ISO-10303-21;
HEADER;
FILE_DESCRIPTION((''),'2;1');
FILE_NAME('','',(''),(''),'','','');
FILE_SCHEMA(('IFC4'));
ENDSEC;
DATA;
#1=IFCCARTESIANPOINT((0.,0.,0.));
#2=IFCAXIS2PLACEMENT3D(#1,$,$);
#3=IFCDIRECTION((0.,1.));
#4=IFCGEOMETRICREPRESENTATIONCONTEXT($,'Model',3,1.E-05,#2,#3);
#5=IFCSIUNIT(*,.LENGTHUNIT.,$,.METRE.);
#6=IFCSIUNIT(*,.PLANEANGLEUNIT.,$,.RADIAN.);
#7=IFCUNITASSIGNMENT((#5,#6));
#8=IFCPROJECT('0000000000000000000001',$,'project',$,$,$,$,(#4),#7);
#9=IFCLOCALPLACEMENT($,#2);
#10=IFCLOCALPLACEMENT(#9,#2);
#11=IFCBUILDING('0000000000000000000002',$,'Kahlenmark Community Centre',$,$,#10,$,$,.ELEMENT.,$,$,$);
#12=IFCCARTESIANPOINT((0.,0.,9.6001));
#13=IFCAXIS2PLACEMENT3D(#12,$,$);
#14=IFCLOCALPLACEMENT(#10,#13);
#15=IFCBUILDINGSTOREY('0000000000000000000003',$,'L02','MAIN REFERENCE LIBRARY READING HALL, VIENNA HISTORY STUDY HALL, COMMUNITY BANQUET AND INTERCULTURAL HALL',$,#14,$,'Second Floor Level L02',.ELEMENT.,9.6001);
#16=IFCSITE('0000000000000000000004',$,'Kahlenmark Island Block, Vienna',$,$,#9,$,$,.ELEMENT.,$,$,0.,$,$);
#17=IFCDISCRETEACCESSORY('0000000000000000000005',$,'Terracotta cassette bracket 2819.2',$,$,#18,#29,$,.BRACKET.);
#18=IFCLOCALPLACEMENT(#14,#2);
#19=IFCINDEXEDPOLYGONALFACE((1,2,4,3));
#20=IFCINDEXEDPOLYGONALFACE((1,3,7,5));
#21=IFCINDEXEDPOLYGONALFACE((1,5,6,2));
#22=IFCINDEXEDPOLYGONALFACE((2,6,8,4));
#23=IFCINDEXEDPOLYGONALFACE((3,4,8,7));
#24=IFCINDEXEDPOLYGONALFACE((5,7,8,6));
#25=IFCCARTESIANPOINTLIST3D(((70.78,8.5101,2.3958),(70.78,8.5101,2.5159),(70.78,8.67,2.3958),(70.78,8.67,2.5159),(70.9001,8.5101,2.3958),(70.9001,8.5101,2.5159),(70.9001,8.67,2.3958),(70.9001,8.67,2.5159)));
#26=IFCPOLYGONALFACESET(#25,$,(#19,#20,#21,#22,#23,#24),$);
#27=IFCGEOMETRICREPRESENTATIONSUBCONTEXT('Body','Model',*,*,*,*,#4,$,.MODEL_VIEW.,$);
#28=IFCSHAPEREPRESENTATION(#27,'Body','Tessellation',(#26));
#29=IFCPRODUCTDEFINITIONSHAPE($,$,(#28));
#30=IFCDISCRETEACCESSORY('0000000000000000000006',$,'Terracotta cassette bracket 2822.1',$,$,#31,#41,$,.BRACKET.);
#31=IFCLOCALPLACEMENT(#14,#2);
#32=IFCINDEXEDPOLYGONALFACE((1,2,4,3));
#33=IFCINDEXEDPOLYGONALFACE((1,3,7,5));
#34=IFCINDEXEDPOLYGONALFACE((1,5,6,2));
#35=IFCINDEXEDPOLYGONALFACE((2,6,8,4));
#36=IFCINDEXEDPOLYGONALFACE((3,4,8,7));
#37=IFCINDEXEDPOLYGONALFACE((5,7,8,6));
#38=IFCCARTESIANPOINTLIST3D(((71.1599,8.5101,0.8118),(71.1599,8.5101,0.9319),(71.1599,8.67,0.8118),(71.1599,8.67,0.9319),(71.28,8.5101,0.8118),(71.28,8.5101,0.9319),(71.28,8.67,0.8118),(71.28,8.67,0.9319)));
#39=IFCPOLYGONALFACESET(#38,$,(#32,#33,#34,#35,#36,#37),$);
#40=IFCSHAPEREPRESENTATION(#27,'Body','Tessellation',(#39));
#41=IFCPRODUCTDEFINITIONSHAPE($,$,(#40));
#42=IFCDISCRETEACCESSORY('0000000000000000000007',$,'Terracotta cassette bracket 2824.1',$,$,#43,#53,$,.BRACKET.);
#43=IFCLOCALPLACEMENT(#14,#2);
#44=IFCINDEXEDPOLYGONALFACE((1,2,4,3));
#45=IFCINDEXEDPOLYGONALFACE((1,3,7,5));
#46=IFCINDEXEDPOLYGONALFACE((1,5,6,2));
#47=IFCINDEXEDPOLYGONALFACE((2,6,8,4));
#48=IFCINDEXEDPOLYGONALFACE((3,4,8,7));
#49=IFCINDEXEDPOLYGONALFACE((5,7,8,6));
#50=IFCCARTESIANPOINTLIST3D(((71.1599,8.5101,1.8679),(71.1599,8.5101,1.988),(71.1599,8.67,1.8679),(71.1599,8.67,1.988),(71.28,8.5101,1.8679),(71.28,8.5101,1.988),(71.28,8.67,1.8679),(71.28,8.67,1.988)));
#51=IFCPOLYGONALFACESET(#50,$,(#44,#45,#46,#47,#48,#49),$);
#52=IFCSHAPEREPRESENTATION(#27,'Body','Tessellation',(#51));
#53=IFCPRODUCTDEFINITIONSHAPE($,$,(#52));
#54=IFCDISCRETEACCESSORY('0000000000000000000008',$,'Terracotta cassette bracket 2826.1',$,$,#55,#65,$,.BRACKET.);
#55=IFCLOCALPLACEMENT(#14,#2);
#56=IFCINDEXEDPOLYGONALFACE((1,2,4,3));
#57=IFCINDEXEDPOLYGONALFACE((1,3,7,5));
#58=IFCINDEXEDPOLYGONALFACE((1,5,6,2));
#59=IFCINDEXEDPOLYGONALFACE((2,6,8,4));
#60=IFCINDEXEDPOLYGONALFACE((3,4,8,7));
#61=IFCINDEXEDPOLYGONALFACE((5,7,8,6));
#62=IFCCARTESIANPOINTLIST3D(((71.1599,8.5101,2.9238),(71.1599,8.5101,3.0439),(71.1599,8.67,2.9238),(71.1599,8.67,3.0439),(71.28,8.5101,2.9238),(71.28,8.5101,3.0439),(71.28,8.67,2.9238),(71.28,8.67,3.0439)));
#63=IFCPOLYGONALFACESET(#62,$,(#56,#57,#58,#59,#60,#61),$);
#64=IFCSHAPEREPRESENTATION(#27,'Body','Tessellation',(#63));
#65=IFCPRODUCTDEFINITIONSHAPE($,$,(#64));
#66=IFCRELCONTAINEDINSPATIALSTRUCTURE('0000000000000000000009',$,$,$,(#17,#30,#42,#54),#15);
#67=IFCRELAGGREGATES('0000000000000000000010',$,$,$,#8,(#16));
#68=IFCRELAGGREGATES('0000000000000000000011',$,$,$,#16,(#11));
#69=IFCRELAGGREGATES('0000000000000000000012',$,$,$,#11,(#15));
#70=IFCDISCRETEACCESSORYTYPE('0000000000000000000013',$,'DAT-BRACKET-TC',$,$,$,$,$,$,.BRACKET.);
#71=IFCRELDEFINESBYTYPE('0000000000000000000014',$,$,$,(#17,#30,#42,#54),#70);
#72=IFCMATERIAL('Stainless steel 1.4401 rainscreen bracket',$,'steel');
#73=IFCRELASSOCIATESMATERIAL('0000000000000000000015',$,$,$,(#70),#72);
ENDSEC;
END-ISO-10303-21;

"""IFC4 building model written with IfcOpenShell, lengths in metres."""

from ifc_helpers import new_model, si_unit, direction, frame, origin, origin_2d, place, context, subcontext, project, spatial, rectangle, extrude, material, type_object, element, save


model = new_model("IFC4")

# Units and contexts
model_context = context("Model", 3, precision=1e-05, world=origin(), true_north=direction((0.0, 1.0)))
body_context = subcontext(model_context, "Body", "Model", "MODEL_VIEW")
ifc_project = project(units=[si_unit("LENGTHUNIT", "METRE"), si_unit("PLANEANGLEUNIT", "RADIAN")], contexts=[model_context])

# Site, building, storey
site_placement = place(None, origin())
site = spatial("IfcSite", under=ifc_project, at=site_placement, Name="Kahlenmark Island Block, Vienna", CompositionType="ELEMENT", RefElevation=0.0)
building_placement = place(site_placement, origin())
building = spatial("IfcBuilding", under=site, at=building_placement, Name="Kahlenmark Community Centre", CompositionType="ELEMENT")
storey_placement = place(building_placement, frame((0.0, 0.0, 9.6001)))
storey = spatial("IfcBuildingStorey", under=building, at=storey_placement, Name="L02", Description="MAIN REFERENCE LIBRARY READING HALL, VIENNA HISTORY STUDY HALL, COMMUNITY BANQUET AND INTERCULTURAL HALL", LongName="Second Floor Level L02", CompositionType="ELEMENT", Elevation=9.6001)

# Discrete accessories
ifc_material_1 = material(Name="Stainless steel 1.4401 rainscreen bracket", Category="steel")
discrete_accessory_type = type_object("IfcDiscreteAccessoryType", Name="DAT-BRACKET-TC", PredefinedType="BRACKET", material=ifc_material_1)
for number, where, z_axis, x_axis, name in (
    (1, (70.8401, 8.5901, 2.3958), (0.0, 0.0, 1.0), (1.0, 0.0, 0.0), "Terracotta cassette bracket 2819.2"),
    (2, (71.22, 8.5901, 0.8118), (0.0, 0.0, 1.0), (1.0, 0.0, 0.0), "Terracotta cassette bracket 2822.1"),
    (3, (71.22, 8.5901, 1.8679), (0.0, 0.0, 1.0), (1.0, 0.0, 0.0), "Terracotta cassette bracket 2824.1"),
    (4, (71.22, 8.5901, 2.9238), (0.0, 0.0, 1.0), (1.0, 0.0, 0.0), "Terracotta cassette bracket 2826.1"),
):
    element("IfcDiscreteAccessory", number, at=place(storey_placement, frame(where, z_axis=z_axis, x_axis=x_axis)), inside=storey, type_object=discrete_accessory_type, Name=name, PredefinedType="BRACKET", context=body_context, shape_type="SweptSolid", body=[
        extrude(rectangle(XDim=0.1201, YDim=0.1599, at=origin_2d()), origin(), (0.0, 0.0, 1.0), 0.1201),
    ])

save(model, "model.ifc")
